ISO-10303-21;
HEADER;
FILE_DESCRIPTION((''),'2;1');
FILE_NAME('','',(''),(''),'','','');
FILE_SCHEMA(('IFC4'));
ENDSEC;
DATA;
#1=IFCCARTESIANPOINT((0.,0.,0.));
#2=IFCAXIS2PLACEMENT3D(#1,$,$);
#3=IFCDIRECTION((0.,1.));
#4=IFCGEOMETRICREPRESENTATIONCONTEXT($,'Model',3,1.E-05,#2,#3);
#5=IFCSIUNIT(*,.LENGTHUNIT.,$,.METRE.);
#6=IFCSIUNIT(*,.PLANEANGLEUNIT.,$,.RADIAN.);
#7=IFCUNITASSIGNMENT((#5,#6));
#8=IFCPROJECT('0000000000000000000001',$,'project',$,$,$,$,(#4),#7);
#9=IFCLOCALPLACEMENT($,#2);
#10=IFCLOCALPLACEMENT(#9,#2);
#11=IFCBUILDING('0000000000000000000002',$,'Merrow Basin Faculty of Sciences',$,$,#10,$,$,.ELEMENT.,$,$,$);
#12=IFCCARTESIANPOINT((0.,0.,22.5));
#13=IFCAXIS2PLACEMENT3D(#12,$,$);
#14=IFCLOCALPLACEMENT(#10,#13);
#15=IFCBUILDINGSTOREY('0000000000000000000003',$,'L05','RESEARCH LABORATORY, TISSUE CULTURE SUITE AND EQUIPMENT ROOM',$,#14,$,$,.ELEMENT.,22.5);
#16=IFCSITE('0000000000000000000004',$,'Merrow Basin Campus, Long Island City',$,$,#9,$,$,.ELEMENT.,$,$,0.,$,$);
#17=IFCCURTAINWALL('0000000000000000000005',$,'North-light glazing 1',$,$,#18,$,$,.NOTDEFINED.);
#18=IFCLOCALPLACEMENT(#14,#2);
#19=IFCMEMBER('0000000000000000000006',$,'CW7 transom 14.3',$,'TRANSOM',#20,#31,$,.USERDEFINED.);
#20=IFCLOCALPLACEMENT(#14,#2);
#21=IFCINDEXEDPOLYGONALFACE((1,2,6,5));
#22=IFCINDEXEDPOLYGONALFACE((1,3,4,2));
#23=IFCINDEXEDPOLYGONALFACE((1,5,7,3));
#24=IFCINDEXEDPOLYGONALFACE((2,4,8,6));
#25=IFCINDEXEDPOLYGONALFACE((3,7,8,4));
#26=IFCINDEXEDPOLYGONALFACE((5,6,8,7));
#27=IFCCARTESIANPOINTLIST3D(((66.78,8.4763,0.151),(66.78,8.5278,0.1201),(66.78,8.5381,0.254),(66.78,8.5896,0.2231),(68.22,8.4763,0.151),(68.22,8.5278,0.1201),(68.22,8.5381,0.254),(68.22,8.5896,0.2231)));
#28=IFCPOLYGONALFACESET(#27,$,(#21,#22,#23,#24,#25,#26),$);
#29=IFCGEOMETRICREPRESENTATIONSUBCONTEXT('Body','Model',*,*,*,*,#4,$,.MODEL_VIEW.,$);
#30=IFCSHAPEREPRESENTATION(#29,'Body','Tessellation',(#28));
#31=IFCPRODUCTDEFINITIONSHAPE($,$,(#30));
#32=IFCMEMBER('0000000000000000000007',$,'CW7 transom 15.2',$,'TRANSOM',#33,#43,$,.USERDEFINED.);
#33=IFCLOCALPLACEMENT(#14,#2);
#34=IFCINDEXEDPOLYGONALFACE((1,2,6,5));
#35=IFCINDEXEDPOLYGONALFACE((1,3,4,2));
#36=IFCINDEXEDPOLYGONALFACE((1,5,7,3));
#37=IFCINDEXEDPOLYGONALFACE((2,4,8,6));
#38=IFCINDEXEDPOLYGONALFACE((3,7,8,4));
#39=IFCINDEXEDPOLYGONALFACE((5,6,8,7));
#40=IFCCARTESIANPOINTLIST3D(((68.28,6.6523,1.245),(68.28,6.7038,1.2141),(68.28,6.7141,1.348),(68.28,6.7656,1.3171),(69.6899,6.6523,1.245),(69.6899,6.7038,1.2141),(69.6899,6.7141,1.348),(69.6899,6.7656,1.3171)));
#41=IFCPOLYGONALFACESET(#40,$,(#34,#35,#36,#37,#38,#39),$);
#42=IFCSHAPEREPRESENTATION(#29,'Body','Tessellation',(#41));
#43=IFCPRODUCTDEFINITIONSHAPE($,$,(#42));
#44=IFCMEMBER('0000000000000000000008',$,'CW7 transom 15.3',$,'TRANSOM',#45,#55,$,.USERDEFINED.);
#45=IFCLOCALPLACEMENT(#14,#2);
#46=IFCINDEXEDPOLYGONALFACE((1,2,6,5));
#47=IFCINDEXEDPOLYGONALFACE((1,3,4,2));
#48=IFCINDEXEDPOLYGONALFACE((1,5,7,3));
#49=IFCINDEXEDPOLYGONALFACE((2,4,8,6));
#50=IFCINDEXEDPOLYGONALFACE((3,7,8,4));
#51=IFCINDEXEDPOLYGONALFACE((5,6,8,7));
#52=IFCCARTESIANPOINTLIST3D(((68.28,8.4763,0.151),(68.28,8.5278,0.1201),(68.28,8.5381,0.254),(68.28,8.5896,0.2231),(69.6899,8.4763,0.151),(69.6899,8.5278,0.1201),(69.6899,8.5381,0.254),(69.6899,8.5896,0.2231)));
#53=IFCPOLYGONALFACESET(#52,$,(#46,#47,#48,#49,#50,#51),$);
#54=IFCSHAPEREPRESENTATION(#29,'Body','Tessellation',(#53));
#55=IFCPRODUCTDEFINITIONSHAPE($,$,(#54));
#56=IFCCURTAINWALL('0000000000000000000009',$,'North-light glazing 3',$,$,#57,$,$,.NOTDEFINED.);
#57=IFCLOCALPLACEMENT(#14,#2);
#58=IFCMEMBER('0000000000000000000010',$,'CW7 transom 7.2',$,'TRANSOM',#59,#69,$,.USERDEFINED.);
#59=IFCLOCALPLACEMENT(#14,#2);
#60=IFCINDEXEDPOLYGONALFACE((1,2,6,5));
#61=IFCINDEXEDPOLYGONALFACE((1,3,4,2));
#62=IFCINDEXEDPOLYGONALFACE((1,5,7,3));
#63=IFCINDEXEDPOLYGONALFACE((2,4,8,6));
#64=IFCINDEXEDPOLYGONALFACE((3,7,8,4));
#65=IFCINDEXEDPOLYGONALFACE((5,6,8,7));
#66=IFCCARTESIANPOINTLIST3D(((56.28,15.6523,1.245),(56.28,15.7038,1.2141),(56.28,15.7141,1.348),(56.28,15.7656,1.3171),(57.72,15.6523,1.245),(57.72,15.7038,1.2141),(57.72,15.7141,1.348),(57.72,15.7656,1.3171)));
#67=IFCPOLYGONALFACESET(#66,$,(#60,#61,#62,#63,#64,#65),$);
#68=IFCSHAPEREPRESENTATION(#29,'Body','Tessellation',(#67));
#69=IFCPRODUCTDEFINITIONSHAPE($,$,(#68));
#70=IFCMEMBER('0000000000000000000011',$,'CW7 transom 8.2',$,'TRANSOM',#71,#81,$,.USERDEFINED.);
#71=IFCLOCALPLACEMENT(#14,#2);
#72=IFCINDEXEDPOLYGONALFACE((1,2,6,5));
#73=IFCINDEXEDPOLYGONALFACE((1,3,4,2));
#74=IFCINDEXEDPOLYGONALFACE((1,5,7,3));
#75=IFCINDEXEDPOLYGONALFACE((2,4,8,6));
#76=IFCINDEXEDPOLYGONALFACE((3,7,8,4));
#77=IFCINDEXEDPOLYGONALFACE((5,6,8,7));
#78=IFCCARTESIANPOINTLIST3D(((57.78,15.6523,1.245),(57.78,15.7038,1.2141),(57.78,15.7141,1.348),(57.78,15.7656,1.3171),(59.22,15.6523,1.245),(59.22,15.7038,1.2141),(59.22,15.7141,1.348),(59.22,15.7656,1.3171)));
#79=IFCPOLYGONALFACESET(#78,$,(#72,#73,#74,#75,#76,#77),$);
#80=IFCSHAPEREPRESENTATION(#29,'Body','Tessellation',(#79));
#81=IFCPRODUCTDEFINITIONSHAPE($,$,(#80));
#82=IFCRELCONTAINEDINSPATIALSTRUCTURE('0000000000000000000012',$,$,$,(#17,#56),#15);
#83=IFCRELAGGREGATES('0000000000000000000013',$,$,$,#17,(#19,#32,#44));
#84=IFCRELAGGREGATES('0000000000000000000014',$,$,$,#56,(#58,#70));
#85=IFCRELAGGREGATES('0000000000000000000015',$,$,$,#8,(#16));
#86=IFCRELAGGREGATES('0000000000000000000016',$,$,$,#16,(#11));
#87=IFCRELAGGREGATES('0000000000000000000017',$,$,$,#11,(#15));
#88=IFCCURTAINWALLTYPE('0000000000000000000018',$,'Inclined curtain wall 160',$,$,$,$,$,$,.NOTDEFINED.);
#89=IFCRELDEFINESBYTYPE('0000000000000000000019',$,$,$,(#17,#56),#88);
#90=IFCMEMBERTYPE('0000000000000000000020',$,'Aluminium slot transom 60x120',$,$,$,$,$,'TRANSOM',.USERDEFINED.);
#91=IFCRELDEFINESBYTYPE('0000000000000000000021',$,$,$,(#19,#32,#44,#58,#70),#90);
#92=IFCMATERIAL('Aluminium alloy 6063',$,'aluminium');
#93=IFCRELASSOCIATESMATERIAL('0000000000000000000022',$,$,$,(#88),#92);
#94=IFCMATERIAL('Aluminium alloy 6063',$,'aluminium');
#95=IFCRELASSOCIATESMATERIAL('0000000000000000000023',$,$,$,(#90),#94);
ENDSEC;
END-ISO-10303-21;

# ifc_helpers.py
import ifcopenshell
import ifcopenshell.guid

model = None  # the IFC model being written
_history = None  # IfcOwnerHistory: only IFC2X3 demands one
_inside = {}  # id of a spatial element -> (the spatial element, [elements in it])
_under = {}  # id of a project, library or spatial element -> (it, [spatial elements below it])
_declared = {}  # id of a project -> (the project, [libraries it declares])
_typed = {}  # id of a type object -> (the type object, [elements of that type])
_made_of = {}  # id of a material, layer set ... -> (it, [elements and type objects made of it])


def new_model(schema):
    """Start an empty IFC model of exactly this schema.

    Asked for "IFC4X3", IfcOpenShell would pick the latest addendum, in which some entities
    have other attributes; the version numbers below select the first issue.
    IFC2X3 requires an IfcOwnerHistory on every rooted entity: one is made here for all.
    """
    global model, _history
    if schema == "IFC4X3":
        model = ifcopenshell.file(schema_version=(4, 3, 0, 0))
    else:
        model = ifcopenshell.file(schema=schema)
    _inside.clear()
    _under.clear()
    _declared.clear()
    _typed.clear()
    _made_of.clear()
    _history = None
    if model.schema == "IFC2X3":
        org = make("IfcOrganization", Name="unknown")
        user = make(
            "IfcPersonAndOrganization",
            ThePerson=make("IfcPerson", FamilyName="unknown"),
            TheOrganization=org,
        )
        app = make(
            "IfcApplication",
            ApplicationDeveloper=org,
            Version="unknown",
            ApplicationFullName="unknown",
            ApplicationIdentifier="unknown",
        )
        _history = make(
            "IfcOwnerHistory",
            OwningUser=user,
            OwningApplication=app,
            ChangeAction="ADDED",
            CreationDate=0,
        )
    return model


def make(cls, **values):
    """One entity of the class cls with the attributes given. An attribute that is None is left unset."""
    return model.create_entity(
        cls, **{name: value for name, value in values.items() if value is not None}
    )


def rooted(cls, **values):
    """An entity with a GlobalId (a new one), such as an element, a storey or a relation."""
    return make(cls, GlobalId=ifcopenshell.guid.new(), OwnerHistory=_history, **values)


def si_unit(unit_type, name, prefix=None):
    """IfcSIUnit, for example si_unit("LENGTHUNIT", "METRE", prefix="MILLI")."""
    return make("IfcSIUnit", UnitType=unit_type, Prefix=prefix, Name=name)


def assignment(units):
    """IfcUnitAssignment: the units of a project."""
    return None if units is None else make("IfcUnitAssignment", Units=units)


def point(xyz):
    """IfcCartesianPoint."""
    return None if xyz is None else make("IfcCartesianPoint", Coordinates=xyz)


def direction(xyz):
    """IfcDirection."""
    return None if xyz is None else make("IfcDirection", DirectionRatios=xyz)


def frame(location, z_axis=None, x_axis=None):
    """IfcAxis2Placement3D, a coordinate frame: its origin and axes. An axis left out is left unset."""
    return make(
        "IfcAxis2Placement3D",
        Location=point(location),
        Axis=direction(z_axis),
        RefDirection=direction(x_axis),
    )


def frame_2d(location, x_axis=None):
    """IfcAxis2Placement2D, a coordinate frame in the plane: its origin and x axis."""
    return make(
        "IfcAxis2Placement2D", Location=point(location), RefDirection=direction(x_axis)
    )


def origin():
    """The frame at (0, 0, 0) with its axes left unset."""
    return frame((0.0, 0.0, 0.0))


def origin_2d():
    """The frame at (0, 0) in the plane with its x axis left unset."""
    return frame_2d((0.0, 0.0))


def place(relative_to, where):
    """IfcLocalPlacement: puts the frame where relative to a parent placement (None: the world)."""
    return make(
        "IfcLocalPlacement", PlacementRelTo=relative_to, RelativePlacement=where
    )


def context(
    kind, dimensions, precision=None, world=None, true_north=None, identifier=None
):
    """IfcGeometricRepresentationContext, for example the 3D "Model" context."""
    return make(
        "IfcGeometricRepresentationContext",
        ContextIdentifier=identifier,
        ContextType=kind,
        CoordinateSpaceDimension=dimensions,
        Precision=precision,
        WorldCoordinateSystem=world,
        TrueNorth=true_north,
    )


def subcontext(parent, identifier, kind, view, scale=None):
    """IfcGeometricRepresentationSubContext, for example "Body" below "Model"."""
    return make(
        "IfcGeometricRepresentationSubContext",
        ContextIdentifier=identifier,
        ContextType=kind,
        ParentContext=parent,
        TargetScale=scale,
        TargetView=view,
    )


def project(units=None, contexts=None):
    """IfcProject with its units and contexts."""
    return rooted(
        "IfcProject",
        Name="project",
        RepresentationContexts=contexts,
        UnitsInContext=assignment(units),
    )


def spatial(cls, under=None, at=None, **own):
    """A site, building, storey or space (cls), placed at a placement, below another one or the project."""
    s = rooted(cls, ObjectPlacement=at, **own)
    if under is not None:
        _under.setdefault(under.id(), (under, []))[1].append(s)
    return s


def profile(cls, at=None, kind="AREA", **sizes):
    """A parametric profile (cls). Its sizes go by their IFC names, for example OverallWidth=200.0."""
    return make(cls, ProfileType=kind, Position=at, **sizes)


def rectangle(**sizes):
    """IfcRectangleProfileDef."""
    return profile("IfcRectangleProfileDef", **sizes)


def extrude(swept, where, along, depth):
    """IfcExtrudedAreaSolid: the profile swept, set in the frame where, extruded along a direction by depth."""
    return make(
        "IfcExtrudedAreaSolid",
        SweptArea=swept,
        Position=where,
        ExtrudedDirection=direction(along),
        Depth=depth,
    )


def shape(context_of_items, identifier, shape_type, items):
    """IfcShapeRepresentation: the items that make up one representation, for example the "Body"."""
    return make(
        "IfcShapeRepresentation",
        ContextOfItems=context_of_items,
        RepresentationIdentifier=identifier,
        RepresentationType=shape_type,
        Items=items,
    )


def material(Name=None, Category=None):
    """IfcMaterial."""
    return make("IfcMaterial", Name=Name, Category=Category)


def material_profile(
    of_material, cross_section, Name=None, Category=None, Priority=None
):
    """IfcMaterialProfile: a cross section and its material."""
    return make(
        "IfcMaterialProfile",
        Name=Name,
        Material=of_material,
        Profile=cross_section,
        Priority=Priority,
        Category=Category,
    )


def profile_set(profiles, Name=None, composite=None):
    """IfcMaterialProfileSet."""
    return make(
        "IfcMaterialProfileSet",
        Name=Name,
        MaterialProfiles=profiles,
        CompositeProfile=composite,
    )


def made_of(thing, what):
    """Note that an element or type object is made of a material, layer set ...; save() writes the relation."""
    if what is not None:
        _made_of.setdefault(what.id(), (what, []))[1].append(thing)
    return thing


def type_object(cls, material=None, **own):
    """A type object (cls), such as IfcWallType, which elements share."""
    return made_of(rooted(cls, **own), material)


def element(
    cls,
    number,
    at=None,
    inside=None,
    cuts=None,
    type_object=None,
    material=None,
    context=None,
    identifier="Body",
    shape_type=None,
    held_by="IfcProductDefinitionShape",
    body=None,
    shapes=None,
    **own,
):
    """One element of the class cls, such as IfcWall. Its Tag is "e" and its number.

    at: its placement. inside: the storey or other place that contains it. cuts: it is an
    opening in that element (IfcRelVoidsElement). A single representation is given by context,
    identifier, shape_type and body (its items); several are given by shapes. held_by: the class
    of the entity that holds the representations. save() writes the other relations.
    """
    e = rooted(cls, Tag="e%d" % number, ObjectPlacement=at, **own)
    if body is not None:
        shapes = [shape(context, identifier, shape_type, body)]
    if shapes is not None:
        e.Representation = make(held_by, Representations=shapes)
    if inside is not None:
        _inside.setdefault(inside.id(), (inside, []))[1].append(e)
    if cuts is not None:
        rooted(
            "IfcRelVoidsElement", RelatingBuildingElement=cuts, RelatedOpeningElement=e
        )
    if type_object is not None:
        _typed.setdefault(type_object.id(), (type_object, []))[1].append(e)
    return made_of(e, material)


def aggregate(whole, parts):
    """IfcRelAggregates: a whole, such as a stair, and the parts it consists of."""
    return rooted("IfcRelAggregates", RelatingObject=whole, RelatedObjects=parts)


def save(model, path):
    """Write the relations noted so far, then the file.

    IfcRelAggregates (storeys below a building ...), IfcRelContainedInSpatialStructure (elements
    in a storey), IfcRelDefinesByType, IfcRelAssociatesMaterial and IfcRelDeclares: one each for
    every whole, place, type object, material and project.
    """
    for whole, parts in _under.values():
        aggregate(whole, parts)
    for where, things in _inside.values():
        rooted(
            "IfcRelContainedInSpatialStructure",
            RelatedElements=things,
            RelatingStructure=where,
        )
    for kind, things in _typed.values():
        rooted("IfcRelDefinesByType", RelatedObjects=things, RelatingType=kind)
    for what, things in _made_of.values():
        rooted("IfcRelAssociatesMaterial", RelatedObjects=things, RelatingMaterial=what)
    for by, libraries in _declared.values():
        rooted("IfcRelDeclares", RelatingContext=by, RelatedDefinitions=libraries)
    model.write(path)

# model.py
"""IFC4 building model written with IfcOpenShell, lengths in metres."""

from ifc_helpers import new_model, si_unit, direction, frame, origin, origin_2d, place, context, subcontext, project, spatial, rectangle, extrude, material, material_profile, profile_set, type_object, element, aggregate, save


model = new_model("IFC4")

# Units and contexts
model_context = context("Model", 3, precision=1e-05, world=origin(), true_north=direction((0.0, 1.0)))
body_context = subcontext(model_context, "Body", "Model", "MODEL_VIEW")
ifc_project = project(units=[si_unit("LENGTHUNIT", "METRE"), si_unit("PLANEANGLEUNIT", "RADIAN")], contexts=[model_context])

# Site, building, storey
site_placement = place(None, origin())
site = spatial("IfcSite", under=ifc_project, at=site_placement, Name="Merrow Basin Campus, Long Island City", CompositionType="ELEMENT", RefElevation=0.0)
building_placement = place(site_placement, origin())
building = spatial("IfcBuilding", under=site, at=building_placement, Name="Merrow Basin Faculty of Sciences", CompositionType="ELEMENT")
storey_placement = place(building_placement, frame((0.0, 0.0, 22.5)))
storey = spatial("IfcBuildingStorey", under=building, at=storey_placement, Name="L05", Description="RESEARCH LABORATORY, TISSUE CULTURE SUITE AND EQUIPMENT ROOM", CompositionType="ELEMENT", Elevation=22.5)

# Curtain walls, members
ifc_material_1 = material(Name="Aluminium alloy 6063", Category="aluminium")
curtain_wall_type = type_object("IfcCurtainWallType", Name="Inclined curtain wall 160", PredefinedType="NOTDEFINED", material=ifc_material_1)
curtain_wall_1_placement = place(storey_placement, origin())
curtain_wall_1 = element("IfcCurtainWall", 1, at=curtain_wall_1_placement, inside=storey, type_object=curtain_wall_type, Name="North-light glazing 1", PredefinedType="NOTDEFINED")
ifc_material_2 = material(Name="Aluminium alloy 6063", Category="aluminium")
ifc_material_profile = material_profile(ifc_material_2, rectangle(XDim=0.0601, YDim=0.1201, at=origin_2d()))
ifc_profile_set = profile_set([ifc_material_profile], Name="Aluminium alloy 6063")
member_type = type_object("IfcMemberType", Name="Aluminium slot transom 60x120", ElementType="TRANSOM", PredefinedType="USERDEFINED", material=ifc_profile_set)
member_1_placement = place(storey_placement, frame((66.78, 8.533, 0.187), z_axis=(1.0, 0.0, 0.0), x_axis=(0.0, 0.857493, -0.514496)))
member_1 = element("IfcMember", 2, at=member_1_placement, type_object=member_type, Name="CW7 transom 14.3", ObjectType="TRANSOM", PredefinedType="USERDEFINED", context=body_context, shape_type="SweptSolid", body=[
    extrude(rectangle(XDim=0.0601, YDim=0.1201, at=origin_2d()), origin(), (0.0, 0.0, 1.0), 1.4399),
])
member_2_placement = place(storey_placement, frame((68.28, 6.709, 1.281), z_axis=(1.0, 0.0, 0.0), x_axis=(0.0, 0.857493, -0.514496)))
member_2 = element("IfcMember", 3, at=member_2_placement, type_object=member_type, Name="CW7 transom 15.2", ObjectType="TRANSOM", PredefinedType="USERDEFINED", context=body_context, shape_type="SweptSolid", body=[
    extrude(rectangle(XDim=0.0601, YDim=0.1201, at=origin_2d()), origin(), (0.0, 0.0, 1.0), 1.4099),
])
member_3_placement = place(storey_placement, frame((68.28, 8.533, 0.187), z_axis=(1.0, 0.0, 0.0), x_axis=(0.0, 0.857493, -0.514496)))
member_3 = element("IfcMember", 4, at=member_3_placement, type_object=member_type, Name="CW7 transom 15.3", ObjectType="TRANSOM", PredefinedType="USERDEFINED", context=body_context, shape_type="SweptSolid", body=[
    extrude(rectangle(XDim=0.0601, YDim=0.1201, at=origin_2d()), origin(), (0.0, 0.0, 1.0), 1.4099),
])
aggregate(curtain_wall_1, [member_1, member_2, member_3])
curtain_wall_2_placement = place(storey_placement, origin())
curtain_wall_2 = element("IfcCurtainWall", 5, at=curtain_wall_2_placement, inside=storey, type_object=curtain_wall_type, Name="North-light glazing 3", PredefinedType="NOTDEFINED")
member_4_placement = place(storey_placement, frame((56.28, 15.709, 1.281), z_axis=(1.0, 0.0, 0.0), x_axis=(0.0, 0.857493, -0.514496)))
member_4 = element("IfcMember", 6, at=member_4_placement, type_object=member_type, Name="CW7 transom 7.2", ObjectType="TRANSOM", PredefinedType="USERDEFINED", context=body_context, shape_type="SweptSolid", body=[
    extrude(rectangle(XDim=0.0601, YDim=0.1201, at=origin_2d()), origin(), (0.0, 0.0, 1.0), 1.4399),
])
member_5_placement = place(storey_placement, frame((57.78, 15.709, 1.281), z_axis=(1.0, 0.0, 0.0), x_axis=(0.0, 0.857493, -0.514496)))
member_5 = element("IfcMember", 7, at=member_5_placement, type_object=member_type, Name="CW7 transom 8.2", ObjectType="TRANSOM", PredefinedType="USERDEFINED", context=body_context, shape_type="SweptSolid", body=[
    extrude(rectangle(XDim=0.0601, YDim=0.1201, at=origin_2d()), origin(), (0.0, 0.0, 1.0), 1.4399),
])
aggregate(curtain_wall_2, [member_4, member_5])

save(model, "model.ifc")
